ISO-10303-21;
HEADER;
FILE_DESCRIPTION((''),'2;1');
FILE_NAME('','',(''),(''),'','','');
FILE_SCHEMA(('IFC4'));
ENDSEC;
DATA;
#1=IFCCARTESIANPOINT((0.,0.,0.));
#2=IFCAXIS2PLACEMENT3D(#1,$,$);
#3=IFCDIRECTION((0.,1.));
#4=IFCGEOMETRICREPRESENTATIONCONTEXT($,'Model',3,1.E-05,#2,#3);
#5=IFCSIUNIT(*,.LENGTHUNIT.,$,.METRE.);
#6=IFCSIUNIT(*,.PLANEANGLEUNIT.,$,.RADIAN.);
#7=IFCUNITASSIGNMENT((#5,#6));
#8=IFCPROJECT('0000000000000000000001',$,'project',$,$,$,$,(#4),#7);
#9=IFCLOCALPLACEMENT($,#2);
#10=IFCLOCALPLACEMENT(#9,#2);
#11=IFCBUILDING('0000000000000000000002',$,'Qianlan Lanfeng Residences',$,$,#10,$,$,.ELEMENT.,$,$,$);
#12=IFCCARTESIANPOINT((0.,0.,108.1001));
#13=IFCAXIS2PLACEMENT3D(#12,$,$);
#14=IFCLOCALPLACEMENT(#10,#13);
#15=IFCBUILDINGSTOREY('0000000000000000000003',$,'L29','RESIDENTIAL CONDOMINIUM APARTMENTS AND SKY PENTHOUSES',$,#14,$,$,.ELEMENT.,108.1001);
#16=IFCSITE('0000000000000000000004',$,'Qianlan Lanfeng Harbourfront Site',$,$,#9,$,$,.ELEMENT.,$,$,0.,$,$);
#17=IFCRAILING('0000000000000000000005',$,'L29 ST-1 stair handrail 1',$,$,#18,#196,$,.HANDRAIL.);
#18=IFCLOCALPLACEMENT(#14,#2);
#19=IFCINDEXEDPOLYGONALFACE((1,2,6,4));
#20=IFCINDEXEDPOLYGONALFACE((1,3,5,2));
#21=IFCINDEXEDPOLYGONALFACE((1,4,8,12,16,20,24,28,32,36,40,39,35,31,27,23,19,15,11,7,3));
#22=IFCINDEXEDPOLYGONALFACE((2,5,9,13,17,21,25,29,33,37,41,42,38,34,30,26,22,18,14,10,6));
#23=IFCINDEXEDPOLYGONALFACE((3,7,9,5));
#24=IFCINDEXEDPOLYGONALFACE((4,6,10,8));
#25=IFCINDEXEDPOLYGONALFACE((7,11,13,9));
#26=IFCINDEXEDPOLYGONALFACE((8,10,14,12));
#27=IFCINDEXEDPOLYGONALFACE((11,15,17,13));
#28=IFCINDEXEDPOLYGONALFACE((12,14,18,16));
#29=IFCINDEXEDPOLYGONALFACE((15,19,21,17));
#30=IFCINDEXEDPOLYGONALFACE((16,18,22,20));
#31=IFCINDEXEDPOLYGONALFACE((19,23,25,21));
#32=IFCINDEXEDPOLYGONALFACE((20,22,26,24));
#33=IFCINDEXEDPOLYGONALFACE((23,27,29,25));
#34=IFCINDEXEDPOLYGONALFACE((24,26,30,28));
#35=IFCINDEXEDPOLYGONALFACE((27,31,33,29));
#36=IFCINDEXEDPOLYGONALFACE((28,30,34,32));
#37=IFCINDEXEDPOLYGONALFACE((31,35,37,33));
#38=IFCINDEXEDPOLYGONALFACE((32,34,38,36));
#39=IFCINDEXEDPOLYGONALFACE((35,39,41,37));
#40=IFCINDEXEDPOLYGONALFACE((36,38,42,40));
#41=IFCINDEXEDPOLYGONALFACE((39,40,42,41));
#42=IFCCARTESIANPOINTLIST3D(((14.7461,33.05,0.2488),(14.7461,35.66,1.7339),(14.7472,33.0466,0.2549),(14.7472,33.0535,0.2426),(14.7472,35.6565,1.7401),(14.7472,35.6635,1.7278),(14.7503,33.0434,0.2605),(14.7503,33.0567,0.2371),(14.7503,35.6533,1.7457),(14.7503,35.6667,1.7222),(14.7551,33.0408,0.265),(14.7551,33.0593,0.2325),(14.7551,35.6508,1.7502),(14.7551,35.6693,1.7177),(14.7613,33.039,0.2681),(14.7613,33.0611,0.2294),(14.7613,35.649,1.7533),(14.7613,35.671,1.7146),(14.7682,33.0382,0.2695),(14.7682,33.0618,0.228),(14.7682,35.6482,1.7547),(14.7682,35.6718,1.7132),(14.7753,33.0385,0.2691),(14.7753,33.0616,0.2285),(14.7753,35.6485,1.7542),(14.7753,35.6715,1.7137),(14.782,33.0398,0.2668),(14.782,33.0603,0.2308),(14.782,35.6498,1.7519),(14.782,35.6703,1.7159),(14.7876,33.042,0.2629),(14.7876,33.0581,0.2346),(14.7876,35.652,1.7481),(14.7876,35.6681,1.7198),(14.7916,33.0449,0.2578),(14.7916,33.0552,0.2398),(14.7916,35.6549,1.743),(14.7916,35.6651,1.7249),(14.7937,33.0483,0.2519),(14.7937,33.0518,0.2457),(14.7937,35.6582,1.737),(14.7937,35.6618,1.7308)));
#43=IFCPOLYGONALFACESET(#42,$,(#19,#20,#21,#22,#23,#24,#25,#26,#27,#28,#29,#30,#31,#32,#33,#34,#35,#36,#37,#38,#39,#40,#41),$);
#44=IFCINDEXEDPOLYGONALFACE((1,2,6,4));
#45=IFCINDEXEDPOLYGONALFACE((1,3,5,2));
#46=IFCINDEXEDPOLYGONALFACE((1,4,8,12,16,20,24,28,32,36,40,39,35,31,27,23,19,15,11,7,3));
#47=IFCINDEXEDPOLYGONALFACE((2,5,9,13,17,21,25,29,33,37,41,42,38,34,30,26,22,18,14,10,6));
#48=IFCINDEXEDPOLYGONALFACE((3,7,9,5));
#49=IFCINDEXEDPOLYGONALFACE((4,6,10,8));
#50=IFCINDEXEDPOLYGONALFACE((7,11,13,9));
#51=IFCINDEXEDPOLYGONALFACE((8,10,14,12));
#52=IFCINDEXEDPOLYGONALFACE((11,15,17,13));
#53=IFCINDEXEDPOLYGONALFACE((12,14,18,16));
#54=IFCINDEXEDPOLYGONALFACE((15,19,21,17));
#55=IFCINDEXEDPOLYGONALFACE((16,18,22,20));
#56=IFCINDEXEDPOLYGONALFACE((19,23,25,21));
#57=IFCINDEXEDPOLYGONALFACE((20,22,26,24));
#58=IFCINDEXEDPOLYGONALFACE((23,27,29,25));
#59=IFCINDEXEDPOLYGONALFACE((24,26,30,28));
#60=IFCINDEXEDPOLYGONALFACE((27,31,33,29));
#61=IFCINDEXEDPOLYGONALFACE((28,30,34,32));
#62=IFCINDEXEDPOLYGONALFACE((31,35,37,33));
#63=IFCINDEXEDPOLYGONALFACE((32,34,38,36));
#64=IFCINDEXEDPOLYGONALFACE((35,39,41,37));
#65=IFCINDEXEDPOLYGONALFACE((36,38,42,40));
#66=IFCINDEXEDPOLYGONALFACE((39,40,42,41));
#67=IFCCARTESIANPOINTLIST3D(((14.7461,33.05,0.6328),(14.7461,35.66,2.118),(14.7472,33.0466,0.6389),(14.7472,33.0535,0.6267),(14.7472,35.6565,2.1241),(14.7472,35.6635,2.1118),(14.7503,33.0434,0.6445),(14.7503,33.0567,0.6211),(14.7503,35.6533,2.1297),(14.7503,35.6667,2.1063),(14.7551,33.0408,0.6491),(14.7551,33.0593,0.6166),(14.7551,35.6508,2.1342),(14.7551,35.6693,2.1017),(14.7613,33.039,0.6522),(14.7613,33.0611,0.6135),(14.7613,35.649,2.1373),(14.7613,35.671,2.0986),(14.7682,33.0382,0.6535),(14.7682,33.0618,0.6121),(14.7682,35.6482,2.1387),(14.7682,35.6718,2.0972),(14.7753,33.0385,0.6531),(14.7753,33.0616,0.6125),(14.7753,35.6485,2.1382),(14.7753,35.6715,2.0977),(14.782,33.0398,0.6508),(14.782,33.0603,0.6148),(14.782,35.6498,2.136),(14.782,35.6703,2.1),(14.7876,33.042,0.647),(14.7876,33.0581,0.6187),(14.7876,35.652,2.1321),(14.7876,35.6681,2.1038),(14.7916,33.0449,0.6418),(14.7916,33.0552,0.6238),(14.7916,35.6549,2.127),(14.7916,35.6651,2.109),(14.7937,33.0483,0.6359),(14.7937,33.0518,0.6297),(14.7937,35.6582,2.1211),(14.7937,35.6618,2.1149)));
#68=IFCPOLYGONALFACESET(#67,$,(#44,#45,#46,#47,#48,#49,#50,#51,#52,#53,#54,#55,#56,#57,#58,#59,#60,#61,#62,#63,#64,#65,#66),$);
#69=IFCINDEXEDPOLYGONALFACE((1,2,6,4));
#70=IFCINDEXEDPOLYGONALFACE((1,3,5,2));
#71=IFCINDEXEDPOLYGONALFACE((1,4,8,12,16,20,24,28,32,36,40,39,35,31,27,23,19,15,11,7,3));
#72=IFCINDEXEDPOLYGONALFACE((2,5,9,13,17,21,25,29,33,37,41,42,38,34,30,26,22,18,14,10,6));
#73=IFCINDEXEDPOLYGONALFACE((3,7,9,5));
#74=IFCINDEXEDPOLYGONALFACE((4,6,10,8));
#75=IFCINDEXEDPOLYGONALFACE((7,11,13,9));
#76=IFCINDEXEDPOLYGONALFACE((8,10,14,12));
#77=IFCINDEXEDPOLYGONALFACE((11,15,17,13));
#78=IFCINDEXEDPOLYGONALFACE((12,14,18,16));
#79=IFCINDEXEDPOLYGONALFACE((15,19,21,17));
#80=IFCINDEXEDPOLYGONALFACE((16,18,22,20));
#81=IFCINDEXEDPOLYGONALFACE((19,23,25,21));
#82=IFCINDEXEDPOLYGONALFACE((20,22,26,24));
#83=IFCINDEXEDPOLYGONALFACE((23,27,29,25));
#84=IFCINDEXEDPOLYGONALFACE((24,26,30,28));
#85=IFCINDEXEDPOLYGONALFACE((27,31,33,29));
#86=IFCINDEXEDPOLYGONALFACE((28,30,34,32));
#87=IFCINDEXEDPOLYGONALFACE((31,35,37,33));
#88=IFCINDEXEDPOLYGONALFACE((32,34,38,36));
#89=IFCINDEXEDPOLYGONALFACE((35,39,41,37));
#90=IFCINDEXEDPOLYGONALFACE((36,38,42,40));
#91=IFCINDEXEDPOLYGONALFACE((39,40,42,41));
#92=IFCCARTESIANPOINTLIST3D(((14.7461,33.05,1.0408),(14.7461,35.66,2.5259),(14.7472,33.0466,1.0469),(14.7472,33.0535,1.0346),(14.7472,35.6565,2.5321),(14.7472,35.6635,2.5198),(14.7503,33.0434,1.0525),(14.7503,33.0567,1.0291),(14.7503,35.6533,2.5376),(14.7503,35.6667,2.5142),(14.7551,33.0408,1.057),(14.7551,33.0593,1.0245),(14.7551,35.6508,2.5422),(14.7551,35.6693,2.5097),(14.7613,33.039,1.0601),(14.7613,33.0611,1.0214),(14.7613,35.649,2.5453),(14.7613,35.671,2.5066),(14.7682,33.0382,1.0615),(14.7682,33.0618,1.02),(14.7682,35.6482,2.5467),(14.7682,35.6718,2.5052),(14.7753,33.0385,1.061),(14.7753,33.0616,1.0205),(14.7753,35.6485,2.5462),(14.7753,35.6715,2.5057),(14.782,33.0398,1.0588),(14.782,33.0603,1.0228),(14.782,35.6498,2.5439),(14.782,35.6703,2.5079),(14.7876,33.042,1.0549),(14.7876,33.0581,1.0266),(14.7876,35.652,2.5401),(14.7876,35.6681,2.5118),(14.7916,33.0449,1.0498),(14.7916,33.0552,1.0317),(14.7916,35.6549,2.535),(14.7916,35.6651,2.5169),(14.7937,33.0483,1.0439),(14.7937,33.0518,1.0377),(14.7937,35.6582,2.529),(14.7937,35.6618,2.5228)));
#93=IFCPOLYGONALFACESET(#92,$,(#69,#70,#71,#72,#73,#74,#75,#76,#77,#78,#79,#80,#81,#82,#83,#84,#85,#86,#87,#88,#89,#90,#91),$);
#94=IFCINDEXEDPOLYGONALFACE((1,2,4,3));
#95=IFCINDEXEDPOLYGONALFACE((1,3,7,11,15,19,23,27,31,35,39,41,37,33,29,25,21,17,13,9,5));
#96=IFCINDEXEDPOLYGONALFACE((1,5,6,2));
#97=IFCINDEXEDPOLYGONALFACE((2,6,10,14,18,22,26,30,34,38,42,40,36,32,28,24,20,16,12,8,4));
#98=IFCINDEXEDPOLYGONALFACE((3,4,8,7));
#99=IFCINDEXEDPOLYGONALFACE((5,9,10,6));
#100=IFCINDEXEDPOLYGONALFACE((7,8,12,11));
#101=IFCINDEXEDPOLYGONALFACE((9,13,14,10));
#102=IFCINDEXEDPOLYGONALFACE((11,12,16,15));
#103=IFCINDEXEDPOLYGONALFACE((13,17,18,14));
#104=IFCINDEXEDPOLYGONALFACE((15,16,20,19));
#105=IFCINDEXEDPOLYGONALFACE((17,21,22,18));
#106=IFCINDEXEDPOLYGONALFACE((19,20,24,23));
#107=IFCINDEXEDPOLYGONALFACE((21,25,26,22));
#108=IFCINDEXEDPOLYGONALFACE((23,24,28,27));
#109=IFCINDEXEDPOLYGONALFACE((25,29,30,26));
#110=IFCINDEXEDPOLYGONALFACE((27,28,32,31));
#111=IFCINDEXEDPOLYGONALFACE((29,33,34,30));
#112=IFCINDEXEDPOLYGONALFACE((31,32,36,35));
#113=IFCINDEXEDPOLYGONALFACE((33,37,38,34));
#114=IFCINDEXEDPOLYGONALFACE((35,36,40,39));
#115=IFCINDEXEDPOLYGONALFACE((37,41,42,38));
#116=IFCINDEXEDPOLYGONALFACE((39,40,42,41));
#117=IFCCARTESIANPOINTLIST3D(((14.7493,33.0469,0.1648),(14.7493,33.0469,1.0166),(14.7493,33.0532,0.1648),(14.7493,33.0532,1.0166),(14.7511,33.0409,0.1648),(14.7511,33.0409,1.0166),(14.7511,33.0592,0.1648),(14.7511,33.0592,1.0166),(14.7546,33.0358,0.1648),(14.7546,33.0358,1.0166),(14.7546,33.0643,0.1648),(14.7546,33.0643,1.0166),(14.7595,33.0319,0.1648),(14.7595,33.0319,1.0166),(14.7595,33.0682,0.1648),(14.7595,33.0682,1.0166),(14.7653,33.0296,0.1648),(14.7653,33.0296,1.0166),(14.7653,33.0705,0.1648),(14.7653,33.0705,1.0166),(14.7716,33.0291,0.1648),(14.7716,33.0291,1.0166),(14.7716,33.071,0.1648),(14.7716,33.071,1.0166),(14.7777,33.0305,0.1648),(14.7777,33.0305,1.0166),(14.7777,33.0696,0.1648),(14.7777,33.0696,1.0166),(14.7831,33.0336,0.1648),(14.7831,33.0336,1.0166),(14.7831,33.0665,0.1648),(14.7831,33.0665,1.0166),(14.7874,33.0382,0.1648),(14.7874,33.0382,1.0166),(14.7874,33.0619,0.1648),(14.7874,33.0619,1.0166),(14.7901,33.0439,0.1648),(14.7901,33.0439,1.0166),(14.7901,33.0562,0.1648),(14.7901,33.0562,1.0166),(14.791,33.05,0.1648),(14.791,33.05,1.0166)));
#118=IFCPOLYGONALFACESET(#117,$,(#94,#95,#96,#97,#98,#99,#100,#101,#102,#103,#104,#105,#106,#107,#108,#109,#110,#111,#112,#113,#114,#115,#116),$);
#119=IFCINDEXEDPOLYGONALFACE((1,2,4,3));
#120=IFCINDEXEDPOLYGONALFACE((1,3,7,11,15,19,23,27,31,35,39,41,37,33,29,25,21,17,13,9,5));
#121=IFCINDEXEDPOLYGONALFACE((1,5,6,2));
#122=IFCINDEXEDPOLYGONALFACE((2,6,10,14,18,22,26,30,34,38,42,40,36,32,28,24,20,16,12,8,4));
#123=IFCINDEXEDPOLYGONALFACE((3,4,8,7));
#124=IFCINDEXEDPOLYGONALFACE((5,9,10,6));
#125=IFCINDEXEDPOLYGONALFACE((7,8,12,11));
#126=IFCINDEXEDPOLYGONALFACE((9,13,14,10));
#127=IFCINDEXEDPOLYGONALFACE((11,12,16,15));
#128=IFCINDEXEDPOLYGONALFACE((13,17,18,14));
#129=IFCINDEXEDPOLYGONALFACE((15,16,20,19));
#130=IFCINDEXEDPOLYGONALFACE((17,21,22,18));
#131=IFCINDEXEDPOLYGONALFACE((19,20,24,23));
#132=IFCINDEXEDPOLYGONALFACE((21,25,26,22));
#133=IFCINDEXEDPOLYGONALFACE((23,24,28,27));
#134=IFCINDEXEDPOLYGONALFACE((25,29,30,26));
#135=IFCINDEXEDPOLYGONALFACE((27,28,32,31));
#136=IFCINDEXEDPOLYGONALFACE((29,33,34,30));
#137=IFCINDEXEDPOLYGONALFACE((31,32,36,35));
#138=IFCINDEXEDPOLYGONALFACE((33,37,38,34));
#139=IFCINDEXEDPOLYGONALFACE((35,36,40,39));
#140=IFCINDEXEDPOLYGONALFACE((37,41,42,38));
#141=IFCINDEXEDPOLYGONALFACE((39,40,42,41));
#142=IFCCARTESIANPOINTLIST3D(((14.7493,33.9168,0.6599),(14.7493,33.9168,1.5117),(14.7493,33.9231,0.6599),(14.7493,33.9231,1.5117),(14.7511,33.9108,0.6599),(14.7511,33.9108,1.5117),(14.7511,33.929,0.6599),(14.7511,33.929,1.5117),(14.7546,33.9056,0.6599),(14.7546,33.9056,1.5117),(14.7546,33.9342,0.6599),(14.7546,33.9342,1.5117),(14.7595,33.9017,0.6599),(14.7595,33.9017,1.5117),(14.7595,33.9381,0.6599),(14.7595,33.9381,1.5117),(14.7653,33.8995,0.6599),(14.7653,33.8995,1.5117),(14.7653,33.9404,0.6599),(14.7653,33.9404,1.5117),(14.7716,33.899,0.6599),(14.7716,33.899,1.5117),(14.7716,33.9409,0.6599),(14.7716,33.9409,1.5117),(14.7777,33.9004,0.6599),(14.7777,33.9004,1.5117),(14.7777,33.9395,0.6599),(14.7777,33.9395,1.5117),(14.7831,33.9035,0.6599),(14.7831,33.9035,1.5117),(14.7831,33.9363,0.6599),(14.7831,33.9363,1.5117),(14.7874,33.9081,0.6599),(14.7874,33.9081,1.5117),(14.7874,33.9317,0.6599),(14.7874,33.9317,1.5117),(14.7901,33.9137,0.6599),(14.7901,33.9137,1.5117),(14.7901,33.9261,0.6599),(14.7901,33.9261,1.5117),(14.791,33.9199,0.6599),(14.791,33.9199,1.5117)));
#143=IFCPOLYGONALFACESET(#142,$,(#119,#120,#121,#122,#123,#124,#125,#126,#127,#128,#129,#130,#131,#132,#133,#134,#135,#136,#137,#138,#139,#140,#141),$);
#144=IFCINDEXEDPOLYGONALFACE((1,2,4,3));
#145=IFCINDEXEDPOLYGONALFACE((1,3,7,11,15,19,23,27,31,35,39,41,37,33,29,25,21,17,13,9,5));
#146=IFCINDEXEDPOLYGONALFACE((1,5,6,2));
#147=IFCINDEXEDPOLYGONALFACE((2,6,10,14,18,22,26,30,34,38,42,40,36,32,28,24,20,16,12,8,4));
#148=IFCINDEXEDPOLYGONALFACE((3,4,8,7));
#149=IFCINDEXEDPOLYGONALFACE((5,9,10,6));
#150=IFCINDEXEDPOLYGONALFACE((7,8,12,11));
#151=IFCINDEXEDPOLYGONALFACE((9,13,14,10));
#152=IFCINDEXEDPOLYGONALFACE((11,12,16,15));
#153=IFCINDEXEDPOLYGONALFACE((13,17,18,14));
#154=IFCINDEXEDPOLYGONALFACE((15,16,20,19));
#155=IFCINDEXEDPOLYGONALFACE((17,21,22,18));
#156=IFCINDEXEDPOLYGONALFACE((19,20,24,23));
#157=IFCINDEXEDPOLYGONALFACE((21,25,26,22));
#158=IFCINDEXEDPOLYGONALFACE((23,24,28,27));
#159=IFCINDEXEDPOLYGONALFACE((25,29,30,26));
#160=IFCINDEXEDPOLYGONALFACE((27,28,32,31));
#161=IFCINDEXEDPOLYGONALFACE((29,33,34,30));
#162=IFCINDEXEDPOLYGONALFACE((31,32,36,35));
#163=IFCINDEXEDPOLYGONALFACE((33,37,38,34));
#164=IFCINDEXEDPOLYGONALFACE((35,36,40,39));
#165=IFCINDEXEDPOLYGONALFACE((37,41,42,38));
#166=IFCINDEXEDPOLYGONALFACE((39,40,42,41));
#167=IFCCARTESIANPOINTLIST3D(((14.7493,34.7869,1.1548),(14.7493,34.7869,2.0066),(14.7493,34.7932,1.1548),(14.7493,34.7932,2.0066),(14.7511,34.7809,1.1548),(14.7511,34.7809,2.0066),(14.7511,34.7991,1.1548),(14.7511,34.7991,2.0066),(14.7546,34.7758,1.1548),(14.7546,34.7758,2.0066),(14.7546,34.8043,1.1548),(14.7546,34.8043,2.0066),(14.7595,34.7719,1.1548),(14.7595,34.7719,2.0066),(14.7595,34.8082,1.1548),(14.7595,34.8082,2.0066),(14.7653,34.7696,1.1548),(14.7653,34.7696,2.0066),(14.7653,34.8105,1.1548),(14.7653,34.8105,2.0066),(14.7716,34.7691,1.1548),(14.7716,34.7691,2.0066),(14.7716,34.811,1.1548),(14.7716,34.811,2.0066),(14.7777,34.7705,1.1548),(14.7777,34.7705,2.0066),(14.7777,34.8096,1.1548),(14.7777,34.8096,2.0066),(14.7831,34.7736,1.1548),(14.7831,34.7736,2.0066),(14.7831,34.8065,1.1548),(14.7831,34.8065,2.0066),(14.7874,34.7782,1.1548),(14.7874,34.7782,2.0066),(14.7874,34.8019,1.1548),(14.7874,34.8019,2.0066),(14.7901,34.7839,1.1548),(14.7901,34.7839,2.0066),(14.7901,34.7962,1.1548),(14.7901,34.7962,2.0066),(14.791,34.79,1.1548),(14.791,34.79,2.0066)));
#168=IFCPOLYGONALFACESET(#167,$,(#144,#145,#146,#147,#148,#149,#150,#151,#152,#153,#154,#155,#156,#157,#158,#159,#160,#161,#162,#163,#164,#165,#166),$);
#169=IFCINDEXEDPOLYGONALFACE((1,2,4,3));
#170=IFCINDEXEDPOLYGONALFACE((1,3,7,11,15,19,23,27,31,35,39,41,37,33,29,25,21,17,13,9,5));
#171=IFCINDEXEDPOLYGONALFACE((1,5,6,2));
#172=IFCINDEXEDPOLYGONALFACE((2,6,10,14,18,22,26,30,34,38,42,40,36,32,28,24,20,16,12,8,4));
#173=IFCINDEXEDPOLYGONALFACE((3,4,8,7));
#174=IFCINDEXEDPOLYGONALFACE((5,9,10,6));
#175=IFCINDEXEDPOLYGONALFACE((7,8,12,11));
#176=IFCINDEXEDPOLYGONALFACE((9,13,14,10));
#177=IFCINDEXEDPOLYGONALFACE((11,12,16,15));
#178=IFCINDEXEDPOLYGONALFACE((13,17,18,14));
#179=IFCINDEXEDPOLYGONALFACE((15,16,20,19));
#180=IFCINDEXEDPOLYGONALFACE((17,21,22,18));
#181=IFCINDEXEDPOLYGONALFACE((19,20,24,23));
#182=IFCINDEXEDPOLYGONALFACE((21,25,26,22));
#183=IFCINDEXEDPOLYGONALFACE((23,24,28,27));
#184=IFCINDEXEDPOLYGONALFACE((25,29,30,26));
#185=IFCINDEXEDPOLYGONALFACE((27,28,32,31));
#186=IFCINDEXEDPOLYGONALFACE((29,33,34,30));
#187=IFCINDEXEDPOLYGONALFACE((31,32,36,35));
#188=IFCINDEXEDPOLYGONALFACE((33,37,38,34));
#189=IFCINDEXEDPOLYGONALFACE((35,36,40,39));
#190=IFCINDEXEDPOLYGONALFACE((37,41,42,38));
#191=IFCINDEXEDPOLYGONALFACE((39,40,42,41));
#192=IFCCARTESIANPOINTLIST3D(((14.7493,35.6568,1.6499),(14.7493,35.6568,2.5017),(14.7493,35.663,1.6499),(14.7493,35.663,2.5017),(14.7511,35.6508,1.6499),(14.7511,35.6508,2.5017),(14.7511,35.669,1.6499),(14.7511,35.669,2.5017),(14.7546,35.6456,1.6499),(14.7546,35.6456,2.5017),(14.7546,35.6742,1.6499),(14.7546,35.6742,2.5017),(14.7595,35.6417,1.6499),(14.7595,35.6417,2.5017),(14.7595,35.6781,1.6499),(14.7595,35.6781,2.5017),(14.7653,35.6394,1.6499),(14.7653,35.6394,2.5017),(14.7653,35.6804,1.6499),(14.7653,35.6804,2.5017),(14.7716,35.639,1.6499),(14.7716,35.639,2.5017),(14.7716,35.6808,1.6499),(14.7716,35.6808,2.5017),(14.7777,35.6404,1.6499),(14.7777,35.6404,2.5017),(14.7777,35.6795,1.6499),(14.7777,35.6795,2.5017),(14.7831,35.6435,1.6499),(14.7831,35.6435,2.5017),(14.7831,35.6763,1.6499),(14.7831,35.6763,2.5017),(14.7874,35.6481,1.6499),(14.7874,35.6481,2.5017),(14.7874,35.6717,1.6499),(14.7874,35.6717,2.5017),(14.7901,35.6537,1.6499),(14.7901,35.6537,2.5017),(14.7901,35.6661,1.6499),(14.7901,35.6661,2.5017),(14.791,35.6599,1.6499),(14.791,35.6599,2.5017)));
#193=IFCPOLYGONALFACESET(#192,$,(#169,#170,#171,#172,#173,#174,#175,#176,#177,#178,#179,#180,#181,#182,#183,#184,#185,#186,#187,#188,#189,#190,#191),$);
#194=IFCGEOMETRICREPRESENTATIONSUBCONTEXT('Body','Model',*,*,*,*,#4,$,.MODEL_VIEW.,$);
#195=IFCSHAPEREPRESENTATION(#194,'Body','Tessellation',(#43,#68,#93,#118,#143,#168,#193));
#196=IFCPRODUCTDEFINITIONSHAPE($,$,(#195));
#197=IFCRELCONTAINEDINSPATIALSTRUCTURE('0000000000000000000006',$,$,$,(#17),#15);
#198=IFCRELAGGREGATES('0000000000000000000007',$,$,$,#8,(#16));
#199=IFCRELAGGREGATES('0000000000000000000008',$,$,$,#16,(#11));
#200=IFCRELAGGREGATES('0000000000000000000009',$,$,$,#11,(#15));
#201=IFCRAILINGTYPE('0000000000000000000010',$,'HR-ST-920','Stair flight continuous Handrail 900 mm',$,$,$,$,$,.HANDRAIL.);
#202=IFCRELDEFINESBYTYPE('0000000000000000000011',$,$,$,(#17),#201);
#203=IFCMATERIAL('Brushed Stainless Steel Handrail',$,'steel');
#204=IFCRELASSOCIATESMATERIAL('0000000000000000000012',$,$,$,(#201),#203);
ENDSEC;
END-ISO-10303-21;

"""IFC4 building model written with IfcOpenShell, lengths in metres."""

from ifc_helpers import new_model, si_unit, direction, frame, origin, origin_2d, place, context, subcontext, project, spatial, circle, extrude, material, type_object, element, save


model = new_model("IFC4")

# Units and contexts
model_context = context("Model", 3, precision=1e-05, world=origin(), true_north=direction((0.0, 1.0)))
body_context = subcontext(model_context, "Body", "Model", "MODEL_VIEW")
ifc_project = project(units=[si_unit("LENGTHUNIT", "METRE"), si_unit("PLANEANGLEUNIT", "RADIAN")], contexts=[model_context])

# Site, building, storey
site_placement = place(None, origin())
site = spatial("IfcSite", under=ifc_project, at=site_placement, Name="Qianlan Lanfeng Harbourfront Site", CompositionType="ELEMENT", RefElevation=0.0)
building_placement = place(site_placement, origin())
building = spatial("IfcBuilding", under=site, at=building_placement, Name="Qianlan Lanfeng Residences", CompositionType="ELEMENT")
storey_placement = place(building_placement, frame((0.0, 0.0, 108.1001)))
storey = spatial("IfcBuildingStorey", under=building, at=storey_placement, Name="L29", Description="RESIDENTIAL CONDOMINIUM APARTMENTS AND SKY PENTHOUSES", CompositionType="ELEMENT", Elevation=108.1001)

# Railing
ifc_material_1 = material(Name="Brushed Stainless Steel Handrail", Category="steel")
railing_type_1 = type_object("IfcRailingType", Name="HR-ST-920", Description="Stair flight continuous Handrail 900 mm", PredefinedType="HANDRAIL", material=ifc_material_1)
railing_1_placement = place(storey_placement, frame((14.77, 33.05, 0.1648)))
element("IfcRailing", 1, at=railing_1_placement, inside=storey, type_object=railing_type_1, Name="L29 ST-1 stair handrail 1", PredefinedType="HANDRAIL", context=body_context, shape_type="SweptSolid", body=[
    extrude(circle(Radius=0.0239, at=origin_2d()), frame((0.0, 0.0, 0.084), z_axis=(0.0, 0.869137, 0.494571), x_axis=(-1.0, 0.0, 0.0)), (0.0, 0.0, 1.0), 3.0029),
    extrude(circle(Radius=0.0239, at=origin_2d()), frame((0.0, 0.0, 0.468), z_axis=(0.0, 0.869137, 0.494571), x_axis=(-1.0, 0.0, 0.0)), (0.0, 0.0, 1.0), 3.0029),
    extrude(circle(Radius=0.0239, at=origin_2d()), frame((0.0, 0.0, 0.876), z_axis=(0.0, 0.869137, 0.494571), x_axis=(-1.0, 0.0, 0.0)), (0.0, 0.0, 1.0), 3.0029),
    extrude(circle(Radius=0.021, at=origin_2d()), origin(), (0.0, 0.0, 1.0), 0.8518),
    extrude(circle(Radius=0.021, at=origin_2d()), frame((0.0, 0.8699, 0.4951)), (0.0, 0.0, 1.0), 0.8518),
    extrude(circle(Radius=0.021, at=origin_2d()), frame((0.0, 1.74, 0.99)), (0.0, 0.0, 1.0), 0.8518),
    extrude(circle(Radius=0.021, at=origin_2d()), frame((0.0, 2.6099, 1.4851)), (0.0, 0.0, 1.0), 0.8518),
])

save(model, "model.ifc")
